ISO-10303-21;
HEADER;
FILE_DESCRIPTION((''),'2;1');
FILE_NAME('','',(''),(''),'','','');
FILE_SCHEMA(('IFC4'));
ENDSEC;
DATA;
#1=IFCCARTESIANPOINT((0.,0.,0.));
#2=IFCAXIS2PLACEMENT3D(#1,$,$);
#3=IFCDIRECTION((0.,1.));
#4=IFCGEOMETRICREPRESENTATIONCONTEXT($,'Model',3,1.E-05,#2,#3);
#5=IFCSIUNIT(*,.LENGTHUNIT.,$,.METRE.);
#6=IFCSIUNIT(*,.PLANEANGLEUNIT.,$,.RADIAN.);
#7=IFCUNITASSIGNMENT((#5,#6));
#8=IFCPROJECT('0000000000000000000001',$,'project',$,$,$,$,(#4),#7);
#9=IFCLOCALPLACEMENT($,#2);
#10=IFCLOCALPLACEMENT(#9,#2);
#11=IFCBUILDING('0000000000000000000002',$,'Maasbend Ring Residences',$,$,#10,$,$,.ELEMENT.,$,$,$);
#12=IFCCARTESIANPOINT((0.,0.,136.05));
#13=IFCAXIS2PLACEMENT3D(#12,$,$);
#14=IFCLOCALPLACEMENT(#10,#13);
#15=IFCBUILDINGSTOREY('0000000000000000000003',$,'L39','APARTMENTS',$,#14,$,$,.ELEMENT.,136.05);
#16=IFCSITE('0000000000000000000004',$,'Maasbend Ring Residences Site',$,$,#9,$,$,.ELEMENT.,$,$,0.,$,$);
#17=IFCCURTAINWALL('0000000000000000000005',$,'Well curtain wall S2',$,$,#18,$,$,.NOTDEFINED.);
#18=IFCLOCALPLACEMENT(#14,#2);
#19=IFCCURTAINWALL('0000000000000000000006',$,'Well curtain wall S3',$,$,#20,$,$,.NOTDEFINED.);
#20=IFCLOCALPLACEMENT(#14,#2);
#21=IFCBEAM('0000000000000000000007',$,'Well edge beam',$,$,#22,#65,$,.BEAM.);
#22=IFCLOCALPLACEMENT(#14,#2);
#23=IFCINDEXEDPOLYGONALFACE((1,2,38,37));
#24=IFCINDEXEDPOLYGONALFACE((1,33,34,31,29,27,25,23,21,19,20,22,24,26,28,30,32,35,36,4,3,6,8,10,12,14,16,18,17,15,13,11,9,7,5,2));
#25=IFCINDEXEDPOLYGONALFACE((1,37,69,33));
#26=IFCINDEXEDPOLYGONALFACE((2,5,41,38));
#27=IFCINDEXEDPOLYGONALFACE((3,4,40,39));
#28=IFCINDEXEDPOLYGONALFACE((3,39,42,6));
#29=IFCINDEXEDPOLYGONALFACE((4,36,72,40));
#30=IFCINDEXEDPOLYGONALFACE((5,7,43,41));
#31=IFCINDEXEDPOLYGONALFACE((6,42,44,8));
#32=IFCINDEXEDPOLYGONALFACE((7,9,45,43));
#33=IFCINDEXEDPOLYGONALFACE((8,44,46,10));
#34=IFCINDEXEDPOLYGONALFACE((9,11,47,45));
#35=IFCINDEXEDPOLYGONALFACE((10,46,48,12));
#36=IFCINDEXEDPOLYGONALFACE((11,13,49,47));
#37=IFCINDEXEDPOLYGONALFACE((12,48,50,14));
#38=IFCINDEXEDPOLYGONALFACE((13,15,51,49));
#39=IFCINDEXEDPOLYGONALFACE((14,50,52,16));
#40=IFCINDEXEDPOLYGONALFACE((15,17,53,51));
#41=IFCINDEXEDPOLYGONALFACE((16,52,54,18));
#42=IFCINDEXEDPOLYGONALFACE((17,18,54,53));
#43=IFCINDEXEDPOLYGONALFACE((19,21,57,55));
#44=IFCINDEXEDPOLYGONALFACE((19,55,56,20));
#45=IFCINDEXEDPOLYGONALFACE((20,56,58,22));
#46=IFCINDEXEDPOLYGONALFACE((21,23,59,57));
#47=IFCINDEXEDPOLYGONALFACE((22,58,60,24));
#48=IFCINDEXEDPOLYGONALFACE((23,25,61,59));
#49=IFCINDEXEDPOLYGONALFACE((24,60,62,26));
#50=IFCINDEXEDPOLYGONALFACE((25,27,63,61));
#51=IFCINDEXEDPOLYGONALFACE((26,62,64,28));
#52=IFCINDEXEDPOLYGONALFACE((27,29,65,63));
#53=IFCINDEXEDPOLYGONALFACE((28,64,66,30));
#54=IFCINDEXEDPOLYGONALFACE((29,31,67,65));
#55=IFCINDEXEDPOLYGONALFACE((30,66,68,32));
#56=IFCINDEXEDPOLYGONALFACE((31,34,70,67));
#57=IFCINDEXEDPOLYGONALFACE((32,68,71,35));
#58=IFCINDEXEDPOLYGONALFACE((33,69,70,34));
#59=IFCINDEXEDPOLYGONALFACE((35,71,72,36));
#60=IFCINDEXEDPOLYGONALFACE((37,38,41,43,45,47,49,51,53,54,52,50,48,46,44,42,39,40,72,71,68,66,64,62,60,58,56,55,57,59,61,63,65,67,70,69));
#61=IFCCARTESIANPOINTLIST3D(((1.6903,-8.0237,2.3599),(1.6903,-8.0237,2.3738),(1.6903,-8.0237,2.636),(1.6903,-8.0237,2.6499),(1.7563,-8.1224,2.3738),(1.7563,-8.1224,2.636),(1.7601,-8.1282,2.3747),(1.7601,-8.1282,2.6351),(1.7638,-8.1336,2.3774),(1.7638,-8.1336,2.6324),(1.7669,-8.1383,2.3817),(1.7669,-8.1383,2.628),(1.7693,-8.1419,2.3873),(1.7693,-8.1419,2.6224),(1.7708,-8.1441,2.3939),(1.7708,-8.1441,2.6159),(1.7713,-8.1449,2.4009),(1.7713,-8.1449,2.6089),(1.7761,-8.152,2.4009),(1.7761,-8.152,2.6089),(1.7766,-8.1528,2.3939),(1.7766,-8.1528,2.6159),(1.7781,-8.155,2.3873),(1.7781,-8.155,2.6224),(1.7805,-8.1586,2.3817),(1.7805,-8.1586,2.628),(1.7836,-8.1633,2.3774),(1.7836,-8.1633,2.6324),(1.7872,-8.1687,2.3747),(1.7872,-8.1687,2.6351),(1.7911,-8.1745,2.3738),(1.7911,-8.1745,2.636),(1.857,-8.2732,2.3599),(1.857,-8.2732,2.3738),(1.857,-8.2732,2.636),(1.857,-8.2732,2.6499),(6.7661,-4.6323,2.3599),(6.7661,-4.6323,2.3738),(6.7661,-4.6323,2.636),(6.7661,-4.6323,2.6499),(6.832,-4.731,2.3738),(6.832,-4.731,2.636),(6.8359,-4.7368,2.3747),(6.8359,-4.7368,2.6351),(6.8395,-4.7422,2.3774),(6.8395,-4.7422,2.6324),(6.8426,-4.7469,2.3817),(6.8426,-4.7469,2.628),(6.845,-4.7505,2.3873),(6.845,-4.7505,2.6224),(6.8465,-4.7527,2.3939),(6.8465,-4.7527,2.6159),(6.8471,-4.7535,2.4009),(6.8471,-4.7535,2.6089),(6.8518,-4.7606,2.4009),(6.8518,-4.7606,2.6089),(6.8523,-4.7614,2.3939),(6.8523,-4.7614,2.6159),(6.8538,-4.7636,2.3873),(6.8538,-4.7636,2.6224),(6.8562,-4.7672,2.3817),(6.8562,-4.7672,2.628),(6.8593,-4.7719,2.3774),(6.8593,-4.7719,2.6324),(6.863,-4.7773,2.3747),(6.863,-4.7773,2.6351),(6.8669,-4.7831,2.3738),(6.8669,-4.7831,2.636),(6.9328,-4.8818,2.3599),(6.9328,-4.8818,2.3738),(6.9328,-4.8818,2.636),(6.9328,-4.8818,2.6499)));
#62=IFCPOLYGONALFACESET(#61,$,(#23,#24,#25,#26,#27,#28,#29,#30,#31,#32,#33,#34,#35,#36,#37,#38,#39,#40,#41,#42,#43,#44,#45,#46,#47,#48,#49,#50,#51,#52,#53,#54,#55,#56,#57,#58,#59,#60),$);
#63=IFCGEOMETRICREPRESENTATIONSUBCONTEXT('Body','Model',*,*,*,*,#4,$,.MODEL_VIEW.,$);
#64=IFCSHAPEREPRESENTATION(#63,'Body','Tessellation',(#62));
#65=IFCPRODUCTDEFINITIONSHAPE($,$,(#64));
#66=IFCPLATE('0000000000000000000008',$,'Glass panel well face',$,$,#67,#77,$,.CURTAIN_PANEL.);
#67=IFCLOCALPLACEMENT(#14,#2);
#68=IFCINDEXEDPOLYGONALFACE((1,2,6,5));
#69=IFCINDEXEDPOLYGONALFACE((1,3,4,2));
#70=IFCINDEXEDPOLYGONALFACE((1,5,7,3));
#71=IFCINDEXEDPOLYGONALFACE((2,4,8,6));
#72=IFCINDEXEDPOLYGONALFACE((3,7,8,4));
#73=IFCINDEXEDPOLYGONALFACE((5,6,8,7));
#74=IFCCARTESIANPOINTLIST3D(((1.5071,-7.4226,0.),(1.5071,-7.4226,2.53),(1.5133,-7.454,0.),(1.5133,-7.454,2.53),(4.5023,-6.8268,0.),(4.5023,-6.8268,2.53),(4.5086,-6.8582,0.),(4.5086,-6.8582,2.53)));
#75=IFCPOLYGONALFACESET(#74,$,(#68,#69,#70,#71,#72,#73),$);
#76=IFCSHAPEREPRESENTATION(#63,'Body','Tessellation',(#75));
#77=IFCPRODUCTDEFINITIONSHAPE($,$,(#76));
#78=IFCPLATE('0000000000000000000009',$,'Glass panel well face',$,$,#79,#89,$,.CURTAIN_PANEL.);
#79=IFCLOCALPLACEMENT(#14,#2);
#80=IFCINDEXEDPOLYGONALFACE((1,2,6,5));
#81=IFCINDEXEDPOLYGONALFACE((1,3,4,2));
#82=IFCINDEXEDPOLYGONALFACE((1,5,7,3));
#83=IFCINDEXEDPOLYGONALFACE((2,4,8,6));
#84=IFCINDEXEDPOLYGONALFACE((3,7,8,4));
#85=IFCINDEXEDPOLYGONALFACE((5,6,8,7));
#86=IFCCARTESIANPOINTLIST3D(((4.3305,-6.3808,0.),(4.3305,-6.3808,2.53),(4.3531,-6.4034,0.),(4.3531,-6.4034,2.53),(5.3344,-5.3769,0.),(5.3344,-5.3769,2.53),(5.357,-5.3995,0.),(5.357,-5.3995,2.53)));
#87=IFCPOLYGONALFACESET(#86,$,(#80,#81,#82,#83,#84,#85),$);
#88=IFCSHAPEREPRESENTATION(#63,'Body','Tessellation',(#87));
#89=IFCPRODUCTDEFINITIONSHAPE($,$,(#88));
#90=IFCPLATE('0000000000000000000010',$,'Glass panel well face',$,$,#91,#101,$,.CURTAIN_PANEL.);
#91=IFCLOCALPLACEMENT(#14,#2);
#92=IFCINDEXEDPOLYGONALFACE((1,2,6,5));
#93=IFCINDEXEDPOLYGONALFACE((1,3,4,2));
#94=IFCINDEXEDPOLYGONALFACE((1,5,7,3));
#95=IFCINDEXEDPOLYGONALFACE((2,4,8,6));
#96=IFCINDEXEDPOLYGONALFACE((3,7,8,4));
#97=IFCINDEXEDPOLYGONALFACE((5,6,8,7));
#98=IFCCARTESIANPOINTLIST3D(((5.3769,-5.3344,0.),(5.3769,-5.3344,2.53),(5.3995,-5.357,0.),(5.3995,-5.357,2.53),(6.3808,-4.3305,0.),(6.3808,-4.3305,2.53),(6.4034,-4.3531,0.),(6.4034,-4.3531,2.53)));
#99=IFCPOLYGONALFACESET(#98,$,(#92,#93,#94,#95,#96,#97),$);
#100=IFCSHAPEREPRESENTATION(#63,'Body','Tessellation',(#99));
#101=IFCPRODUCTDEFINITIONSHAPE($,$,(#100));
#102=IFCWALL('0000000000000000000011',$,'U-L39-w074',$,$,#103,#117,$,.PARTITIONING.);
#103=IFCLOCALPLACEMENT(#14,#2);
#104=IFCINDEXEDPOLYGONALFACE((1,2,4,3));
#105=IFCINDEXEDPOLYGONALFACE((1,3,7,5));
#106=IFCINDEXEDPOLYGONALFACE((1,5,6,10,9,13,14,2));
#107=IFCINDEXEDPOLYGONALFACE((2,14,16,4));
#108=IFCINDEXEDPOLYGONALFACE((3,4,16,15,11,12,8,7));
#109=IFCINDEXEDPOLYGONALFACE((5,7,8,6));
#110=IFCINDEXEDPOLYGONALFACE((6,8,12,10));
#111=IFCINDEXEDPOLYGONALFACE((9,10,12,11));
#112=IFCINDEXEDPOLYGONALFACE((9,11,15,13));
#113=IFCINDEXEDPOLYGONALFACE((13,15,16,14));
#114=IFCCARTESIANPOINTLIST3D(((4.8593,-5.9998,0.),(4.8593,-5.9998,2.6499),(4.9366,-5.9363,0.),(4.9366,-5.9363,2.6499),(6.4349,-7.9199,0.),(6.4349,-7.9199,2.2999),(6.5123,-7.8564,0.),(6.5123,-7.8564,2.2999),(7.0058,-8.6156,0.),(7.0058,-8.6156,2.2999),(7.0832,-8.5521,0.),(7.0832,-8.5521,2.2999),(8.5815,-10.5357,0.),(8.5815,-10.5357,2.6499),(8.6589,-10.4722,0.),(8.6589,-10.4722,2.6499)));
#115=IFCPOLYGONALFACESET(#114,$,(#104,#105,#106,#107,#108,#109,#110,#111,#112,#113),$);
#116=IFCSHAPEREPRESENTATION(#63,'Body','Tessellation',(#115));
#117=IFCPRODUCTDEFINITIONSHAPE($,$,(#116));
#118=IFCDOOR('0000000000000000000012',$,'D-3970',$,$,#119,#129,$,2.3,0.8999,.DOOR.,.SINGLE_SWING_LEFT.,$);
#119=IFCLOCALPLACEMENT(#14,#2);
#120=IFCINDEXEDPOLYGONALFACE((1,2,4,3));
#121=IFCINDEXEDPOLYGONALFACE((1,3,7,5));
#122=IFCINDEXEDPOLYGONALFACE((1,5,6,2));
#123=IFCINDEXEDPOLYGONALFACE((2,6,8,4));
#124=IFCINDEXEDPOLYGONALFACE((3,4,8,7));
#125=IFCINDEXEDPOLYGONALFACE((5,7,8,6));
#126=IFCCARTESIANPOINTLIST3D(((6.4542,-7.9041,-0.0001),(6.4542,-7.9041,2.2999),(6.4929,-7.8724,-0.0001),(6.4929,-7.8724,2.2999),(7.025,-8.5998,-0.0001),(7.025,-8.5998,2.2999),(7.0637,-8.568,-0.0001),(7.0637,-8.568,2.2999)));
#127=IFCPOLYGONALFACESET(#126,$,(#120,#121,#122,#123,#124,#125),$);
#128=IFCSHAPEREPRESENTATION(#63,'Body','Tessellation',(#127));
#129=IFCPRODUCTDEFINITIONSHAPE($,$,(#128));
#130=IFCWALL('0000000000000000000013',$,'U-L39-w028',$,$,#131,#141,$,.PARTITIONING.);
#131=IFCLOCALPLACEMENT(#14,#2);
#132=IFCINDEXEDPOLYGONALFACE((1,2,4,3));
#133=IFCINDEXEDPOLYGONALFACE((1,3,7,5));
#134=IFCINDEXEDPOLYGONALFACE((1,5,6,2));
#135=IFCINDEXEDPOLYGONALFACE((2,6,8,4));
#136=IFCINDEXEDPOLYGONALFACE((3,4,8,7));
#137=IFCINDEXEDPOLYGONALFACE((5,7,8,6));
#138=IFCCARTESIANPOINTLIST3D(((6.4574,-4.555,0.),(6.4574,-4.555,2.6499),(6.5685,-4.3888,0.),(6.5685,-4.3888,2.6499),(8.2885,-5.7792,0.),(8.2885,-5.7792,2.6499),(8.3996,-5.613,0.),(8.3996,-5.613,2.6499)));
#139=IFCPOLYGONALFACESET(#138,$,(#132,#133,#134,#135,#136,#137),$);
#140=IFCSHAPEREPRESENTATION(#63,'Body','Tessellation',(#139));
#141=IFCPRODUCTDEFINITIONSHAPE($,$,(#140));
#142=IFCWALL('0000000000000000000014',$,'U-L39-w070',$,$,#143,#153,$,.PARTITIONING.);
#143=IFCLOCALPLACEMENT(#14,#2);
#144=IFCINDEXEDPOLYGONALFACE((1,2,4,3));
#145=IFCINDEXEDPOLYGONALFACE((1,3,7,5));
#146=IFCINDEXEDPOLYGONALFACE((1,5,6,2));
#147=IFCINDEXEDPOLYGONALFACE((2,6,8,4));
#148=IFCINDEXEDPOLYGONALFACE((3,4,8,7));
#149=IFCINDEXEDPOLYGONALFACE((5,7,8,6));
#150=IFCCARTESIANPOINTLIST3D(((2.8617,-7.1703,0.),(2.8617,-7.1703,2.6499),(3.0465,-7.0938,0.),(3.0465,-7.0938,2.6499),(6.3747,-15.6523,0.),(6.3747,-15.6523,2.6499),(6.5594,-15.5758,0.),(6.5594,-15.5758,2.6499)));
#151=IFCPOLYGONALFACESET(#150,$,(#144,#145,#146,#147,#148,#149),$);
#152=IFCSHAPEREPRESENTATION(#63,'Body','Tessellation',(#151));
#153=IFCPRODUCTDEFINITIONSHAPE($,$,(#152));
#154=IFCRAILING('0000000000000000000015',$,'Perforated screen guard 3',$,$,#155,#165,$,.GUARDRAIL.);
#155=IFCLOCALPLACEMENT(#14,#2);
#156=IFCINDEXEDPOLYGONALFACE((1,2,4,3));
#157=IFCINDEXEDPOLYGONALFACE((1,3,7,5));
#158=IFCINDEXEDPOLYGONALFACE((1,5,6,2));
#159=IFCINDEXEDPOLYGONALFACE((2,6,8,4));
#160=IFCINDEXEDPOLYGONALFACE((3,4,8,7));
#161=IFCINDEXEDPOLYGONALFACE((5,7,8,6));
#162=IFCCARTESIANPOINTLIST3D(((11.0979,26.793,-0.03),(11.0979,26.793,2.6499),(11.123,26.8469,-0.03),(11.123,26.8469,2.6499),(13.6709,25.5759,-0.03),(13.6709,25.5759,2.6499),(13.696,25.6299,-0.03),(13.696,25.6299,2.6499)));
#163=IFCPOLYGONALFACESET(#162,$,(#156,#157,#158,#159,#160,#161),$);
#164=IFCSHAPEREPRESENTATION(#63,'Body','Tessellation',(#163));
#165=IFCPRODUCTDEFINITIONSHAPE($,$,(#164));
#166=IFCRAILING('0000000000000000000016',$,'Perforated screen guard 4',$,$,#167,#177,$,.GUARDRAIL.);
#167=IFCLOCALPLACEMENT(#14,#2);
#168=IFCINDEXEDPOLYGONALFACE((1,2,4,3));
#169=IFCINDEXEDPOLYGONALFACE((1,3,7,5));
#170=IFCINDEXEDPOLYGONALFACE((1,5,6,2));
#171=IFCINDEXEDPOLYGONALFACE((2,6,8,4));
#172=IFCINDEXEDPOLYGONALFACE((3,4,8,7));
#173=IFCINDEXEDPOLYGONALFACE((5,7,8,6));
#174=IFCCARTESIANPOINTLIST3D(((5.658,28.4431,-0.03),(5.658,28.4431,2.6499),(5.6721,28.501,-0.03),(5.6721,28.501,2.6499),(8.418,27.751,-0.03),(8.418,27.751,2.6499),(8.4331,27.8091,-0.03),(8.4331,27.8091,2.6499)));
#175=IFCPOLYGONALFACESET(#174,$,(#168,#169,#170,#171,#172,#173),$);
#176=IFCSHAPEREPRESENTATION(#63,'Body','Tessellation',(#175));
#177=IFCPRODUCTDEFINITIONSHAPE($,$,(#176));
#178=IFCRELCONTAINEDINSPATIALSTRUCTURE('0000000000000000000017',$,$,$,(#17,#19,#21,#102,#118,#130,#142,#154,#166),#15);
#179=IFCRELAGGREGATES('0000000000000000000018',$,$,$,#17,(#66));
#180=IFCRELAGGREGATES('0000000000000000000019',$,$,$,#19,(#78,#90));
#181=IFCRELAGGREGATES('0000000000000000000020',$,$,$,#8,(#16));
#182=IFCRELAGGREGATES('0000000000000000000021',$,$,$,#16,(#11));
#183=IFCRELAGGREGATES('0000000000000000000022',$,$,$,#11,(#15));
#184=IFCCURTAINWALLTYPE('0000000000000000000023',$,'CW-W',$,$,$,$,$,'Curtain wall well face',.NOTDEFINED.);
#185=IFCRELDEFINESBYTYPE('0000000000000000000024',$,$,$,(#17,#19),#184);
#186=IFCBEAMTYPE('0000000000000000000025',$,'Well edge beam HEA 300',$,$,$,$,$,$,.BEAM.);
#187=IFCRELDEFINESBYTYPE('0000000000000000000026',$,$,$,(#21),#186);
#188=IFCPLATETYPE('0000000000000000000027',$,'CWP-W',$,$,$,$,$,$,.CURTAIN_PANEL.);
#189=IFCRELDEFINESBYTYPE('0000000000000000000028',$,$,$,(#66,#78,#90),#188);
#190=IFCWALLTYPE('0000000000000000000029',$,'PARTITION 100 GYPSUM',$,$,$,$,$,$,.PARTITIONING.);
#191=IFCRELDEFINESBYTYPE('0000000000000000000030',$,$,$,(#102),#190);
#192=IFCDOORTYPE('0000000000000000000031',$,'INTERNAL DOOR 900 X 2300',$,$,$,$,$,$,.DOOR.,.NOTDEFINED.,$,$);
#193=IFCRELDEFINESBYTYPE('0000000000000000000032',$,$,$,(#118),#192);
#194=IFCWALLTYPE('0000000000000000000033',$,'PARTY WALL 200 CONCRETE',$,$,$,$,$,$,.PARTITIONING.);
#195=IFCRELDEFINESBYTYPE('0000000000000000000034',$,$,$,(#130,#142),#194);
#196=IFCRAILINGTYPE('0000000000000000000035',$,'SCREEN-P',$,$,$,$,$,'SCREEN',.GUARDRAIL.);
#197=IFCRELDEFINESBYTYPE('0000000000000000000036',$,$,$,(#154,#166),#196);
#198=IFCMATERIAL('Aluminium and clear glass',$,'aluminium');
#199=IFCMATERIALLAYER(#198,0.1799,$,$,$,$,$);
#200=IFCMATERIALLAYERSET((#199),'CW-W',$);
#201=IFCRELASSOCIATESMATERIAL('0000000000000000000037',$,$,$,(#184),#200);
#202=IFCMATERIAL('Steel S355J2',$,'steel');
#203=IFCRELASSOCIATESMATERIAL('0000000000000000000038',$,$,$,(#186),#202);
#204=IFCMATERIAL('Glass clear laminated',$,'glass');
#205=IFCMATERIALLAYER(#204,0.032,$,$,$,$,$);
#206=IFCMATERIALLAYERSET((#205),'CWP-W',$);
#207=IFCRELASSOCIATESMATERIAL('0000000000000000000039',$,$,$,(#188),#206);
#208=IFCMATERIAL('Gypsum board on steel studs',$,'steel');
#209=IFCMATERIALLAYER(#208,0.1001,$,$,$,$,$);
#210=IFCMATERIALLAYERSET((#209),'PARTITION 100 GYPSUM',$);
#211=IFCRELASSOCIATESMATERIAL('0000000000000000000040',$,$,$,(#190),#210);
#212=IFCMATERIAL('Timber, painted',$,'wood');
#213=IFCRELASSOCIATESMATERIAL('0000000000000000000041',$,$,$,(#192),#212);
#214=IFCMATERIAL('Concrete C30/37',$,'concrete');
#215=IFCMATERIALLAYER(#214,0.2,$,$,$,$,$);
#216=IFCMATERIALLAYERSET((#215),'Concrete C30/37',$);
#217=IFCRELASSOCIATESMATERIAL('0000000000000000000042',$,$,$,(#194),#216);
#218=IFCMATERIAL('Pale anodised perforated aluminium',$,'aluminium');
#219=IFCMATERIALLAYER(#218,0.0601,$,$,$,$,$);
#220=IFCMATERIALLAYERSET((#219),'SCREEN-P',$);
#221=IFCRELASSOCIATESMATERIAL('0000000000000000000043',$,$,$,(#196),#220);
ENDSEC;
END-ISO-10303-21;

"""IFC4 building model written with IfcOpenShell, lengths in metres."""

from ifc_helpers import new_model, si_unit, direction, frame, frame_2d, origin, origin_2d, place, context, subcontext, project, spatial, polyline, rectangle, i_section, outline, extrude, material, layer, layer_set, material_profile, profile_set, type_object, element, fill, aggregate, save


model = new_model("IFC4")

# Units and contexts
model_context = context("Model", 3, precision=1e-05, world=origin(), true_north=direction((0.0, 1.0)))
body_context = subcontext(model_context, "Body", "Model", "MODEL_VIEW")
ifc_project = project(units=[si_unit("LENGTHUNIT", "METRE"), si_unit("PLANEANGLEUNIT", "RADIAN")], contexts=[model_context])

# Site, building, storey
site_placement = place(None, origin())
site = spatial("IfcSite", under=ifc_project, at=site_placement, Name="Maasbend Ring Residences Site", CompositionType="ELEMENT", RefElevation=0.0)
building_placement = place(site_placement, origin())
building = spatial("IfcBuilding", under=site, at=building_placement, Name="Maasbend Ring Residences", CompositionType="ELEMENT")
storey_placement = place(building_placement, frame((0.0, 0.0, 136.05)))
storey = spatial("IfcBuildingStorey", under=building, at=storey_placement, Name="L39", Description="APARTMENTS", CompositionType="ELEMENT", Elevation=136.05)

# Curtain walls
ifc_material_1 = material(Name="Aluminium and clear glass", Category="aluminium")
ifc_layer_1 = layer(ifc_material_1, 0.1799)
ifc_layer_set_1 = layer_set([ifc_layer_1], Name="CW-W")
curtain_wall_type = type_object("IfcCurtainWallType", Name="CW-W", ElementType="Curtain wall well face", PredefinedType="NOTDEFINED", material=ifc_layer_set_1)
curtain_wall_1_placement = place(storey_placement, origin())
curtain_wall_1 = element("IfcCurtainWall", 1, at=curtain_wall_1_placement, inside=storey, type_object=curtain_wall_type, Name="Well curtain wall S2", PredefinedType="NOTDEFINED")
curtain_wall_2_placement = place(storey_placement, origin())
curtain_wall_2 = element("IfcCurtainWall", 2, at=curtain_wall_2_placement, inside=storey, type_object=curtain_wall_type, Name="Well curtain wall S3", PredefinedType="NOTDEFINED")

# Beam
ifc_material_2 = material(Name="Steel S355J2", Category="steel")
ifc_material_profile_1 = material_profile(ifc_material_2, i_section(OverallWidth=0.3, OverallDepth=0.29, WebThickness=0.0085, FlangeThickness=0.0139, FilletRadius=0.0271, at=origin_2d()), Name="HEA 300")
ifc_profile_set_1 = profile_set([ifc_material_profile_1], Name="Steel S355J2")
beam_type = type_object("IfcBeamType", Name="Well edge beam HEA 300", PredefinedType="BEAM", material=ifc_profile_set_1)
beam_placement = place(storey_placement, frame((1.7737, -8.1484, 2.5049), z_axis=(0.831478, 0.555558, 0.0), x_axis=(-0.555558, 0.831478, 0.0)))
element("IfcBeam", 3, at=beam_placement, inside=storey, type_object=beam_type, Name="Well edge beam", PredefinedType="BEAM", context=body_context, shape_type="SweptSolid", body=[
    extrude(i_section(OverallWidth=0.3, OverallDepth=0.29, WebThickness=0.0085, FlangeThickness=0.0139, FilletRadius=0.0271, at=origin_2d()), origin(), (0.0, 0.0, 1.0), 6.1045),
])

# Plates
ifc_material_3 = material(Name="Glass clear laminated", Category="glass")
ifc_layer_2 = layer(ifc_material_3, 0.032)
ifc_layer_set_2 = layer_set([ifc_layer_2], Name="CWP-W")
plate_type = type_object("IfcPlateType", Name="CWP-W", PredefinedType="CURTAIN_PANEL", material=ifc_layer_set_2)
plate_1_placement = place(storey_placement, frame((3.0078, -7.1404, 0.0), z_axis=(0.0, 0.0, 1.0), x_axis=(0.980785, 0.19509, 0.0)))
plate_1 = element("IfcPlate", 4, at=plate_1_placement, type_object=plate_type, Name="Glass panel well face", PredefinedType="CURTAIN_PANEL", context=body_context, shape_type="SweptSolid", body=[
    extrude(rectangle(XDim=3.054, YDim=0.032, at=origin_2d()), origin(), (0.0, 0.0, 1.0), 2.53),
])
aggregate(curtain_wall_1, [plate_1])
plate_2_placement = place(storey_placement, frame((4.8438, -5.8901, 0.0), z_axis=(0.0, 0.0, 1.0), x_axis=(0.707107, 0.707107, 0.0)))
plate_2 = element("IfcPlate", 5, at=plate_2_placement, type_object=plate_type, Name="Glass panel well face", PredefinedType="CURTAIN_PANEL", context=body_context, shape_type="SweptSolid", body=[
    extrude(rectangle(XDim=1.4197, YDim=0.032, at=origin_2d()), origin(), (0.0, 0.0, 1.0), 2.53),
])
plate_3_placement = place(storey_placement, frame((5.8901, -4.8438, 0.0), z_axis=(0.0, 0.0, 1.0), x_axis=(0.707107, 0.707107, 0.0)))
plate_3 = element("IfcPlate", 6, at=plate_3_placement, type_object=plate_type, Name="Glass panel well face", PredefinedType="CURTAIN_PANEL", context=body_context, shape_type="SweptSolid", body=[
    extrude(rectangle(XDim=1.4197, YDim=0.032, at=origin_2d()), origin(), (0.0, 0.0, 1.0), 2.53),
])
aggregate(curtain_wall_2, [plate_2, plate_3])

# Wall, opening, door
ifc_material_4 = material(Name="Gypsum board on steel studs", Category="steel")
ifc_layer_3 = layer(ifc_material_4, 0.1001)
ifc_layer_set_3 = layer_set([ifc_layer_3], Name="PARTITION 100 GYPSUM")
wall_type_1 = type_object("IfcWallType", Name="PARTITION 100 GYPSUM", PredefinedType="PARTITIONING", material=ifc_layer_set_3)
wall_1_placement = place(storey_placement, frame((4.8979, -5.968, 0.0), z_axis=(0.0, 0.0, 1.0), x_axis=(0.634359, -0.773039, 0.0)))
wall_1 = element("IfcWall", 7, at=wall_1_placement, inside=storey, type_object=wall_type_1, Name="U-L39-w074", PredefinedType="PARTITIONING", context=body_context, shape_type="SweptSolid", body=[
    extrude(rectangle(XDim=5.8677, YDim=0.1001, at=frame_2d((2.9338, 0.0))), origin(), (0.0, 0.0, 1.0), 2.6499),
])
opening_placement = place(wall_1_placement, frame((2.4839, 0.0, 0.0)))
opening = element("IfcOpeningElement", 8, at=opening_placement, cuts=wall_1, PredefinedType="OPENING", context=body_context, shape_type="SweptSolid", body=[
    extrude(rectangle(XDim=0.8999, YDim=2.3, at=frame_2d((0.45, 1.1499))), frame((0.0, 0.0601, 0.0), z_axis=(0.0, -1.0, 0.0), x_axis=(1.0, 0.0, 0.0)), (0.0, 0.0, 1.0), 0.1201),
])
ifc_material_5 = material(Name="Timber, painted", Category="wood")
door_type = type_object("IfcDoorType", Name="INTERNAL DOOR 900 X 2300", OperationType="NOTDEFINED", PredefinedType="DOOR", material=ifc_material_5)
door_placement = place(opening_placement, origin())
door = element("IfcDoor", 9, at=door_placement, inside=storey, type_object=door_type, Name="D-3970", OperationType="SINGLE_SWING_LEFT", OverallHeight=2.3, OverallWidth=0.8999, PredefinedType="DOOR", context=body_context, shape_type="SweptSolid", body=[
    extrude(rectangle(XDim=0.8999, YDim=2.3, at=frame_2d((0.45, 1.1499))), frame((0.0, 0.0249, 0.0), z_axis=(0.0, -1.0, 0.0), x_axis=(1.0, 0.0, 0.0)), (0.0, 0.0, 1.0), 0.05),
])
fill(opening, door)

# Walls
ifc_material_6 = material(Name="Concrete C30/37", Category="concrete")
ifc_layer_4 = layer(ifc_material_6, 0.2)
ifc_layer_set_4 = layer_set([ifc_layer_4], Name="Concrete C30/37")
wall_type_2 = type_object("IfcWallType", Name="PARTY WALL 200 CONCRETE", PredefinedType="PARTITIONING", material=ifc_layer_set_4)
wall_2_placement = place(storey_placement, frame((6.5129, -4.4719, 0.0), z_axis=(0.0, 0.0, 1.0), x_axis=(0.831333, -0.555774, 0.0)))
element("IfcWall", 10, at=wall_2_placement, inside=storey, type_object=wall_type_2, Name="U-L39-w028", PredefinedType="PARTITIONING", context=body_context, shape_type="SweptSolid", body=[
    extrude(rectangle(XDim=2.2026, YDim=0.2, at=frame_2d((1.1013, 0.0))), origin(), (0.0, 0.0, 1.0), 2.6499),
])
wall_3_placement = place(storey_placement, frame((2.9541, -7.1321, 0.0), z_axis=(0.0, 0.0, 1.0), x_axis=(0.382647, -0.923895, 0.0)))
element("IfcWall", 11, at=wall_3_placement, inside=storey, type_object=wall_type_2, Name="U-L39-w070", PredefinedType="PARTITIONING", context=body_context, shape_type="SweptSolid", body=[
    extrude(rectangle(XDim=9.1807, YDim=0.2, at=frame_2d((4.5903, 0.0))), origin(), (0.0, 0.0, 1.0), 2.6499),
])

# Railings
ifc_material_7 = material(Name="Pale anodised perforated aluminium", Category="aluminium")
ifc_layer_5 = layer(ifc_material_7, 0.0601)
ifc_layer_set_5 = layer_set([ifc_layer_5], Name="SCREEN-P")
railing_type = type_object("IfcRailingType", Name="SCREEN-P", ElementType="SCREEN", PredefinedType="GUARDRAIL", material=ifc_layer_set_5)
railing_1_placement = place(storey_placement, frame((0.0, 0.0, -0.03)))
element("IfcRailing", 12, at=railing_1_placement, inside=storey, type_object=railing_type, Name="Perforated screen guard 3", PredefinedType="GUARDRAIL", context=body_context, shape_type="SweptSolid", body=[
    extrude(outline(polyline([(13.6709, 25.5759), (11.0979, 26.793), (11.123, 26.8469), (13.696, 25.6299), (13.6709, 25.5759)])), origin(), (0.0, 0.0, 1.0), 2.6799),
])
railing_2_placement = place(storey_placement, frame((0.0, 0.0, -0.03)))
element("IfcRailing", 13, at=railing_2_placement, inside=storey, type_object=railing_type, Name="Perforated screen guard 4", PredefinedType="GUARDRAIL", context=body_context, shape_type="SweptSolid", body=[
    extrude(outline(polyline([(8.418, 27.751), (5.658, 28.4431), (5.6721, 28.501), (8.4331, 27.8091), (8.418, 27.751)])), origin(), (0.0, 0.0, 1.0), 2.6799),
])

save(model, "model.ifc")
